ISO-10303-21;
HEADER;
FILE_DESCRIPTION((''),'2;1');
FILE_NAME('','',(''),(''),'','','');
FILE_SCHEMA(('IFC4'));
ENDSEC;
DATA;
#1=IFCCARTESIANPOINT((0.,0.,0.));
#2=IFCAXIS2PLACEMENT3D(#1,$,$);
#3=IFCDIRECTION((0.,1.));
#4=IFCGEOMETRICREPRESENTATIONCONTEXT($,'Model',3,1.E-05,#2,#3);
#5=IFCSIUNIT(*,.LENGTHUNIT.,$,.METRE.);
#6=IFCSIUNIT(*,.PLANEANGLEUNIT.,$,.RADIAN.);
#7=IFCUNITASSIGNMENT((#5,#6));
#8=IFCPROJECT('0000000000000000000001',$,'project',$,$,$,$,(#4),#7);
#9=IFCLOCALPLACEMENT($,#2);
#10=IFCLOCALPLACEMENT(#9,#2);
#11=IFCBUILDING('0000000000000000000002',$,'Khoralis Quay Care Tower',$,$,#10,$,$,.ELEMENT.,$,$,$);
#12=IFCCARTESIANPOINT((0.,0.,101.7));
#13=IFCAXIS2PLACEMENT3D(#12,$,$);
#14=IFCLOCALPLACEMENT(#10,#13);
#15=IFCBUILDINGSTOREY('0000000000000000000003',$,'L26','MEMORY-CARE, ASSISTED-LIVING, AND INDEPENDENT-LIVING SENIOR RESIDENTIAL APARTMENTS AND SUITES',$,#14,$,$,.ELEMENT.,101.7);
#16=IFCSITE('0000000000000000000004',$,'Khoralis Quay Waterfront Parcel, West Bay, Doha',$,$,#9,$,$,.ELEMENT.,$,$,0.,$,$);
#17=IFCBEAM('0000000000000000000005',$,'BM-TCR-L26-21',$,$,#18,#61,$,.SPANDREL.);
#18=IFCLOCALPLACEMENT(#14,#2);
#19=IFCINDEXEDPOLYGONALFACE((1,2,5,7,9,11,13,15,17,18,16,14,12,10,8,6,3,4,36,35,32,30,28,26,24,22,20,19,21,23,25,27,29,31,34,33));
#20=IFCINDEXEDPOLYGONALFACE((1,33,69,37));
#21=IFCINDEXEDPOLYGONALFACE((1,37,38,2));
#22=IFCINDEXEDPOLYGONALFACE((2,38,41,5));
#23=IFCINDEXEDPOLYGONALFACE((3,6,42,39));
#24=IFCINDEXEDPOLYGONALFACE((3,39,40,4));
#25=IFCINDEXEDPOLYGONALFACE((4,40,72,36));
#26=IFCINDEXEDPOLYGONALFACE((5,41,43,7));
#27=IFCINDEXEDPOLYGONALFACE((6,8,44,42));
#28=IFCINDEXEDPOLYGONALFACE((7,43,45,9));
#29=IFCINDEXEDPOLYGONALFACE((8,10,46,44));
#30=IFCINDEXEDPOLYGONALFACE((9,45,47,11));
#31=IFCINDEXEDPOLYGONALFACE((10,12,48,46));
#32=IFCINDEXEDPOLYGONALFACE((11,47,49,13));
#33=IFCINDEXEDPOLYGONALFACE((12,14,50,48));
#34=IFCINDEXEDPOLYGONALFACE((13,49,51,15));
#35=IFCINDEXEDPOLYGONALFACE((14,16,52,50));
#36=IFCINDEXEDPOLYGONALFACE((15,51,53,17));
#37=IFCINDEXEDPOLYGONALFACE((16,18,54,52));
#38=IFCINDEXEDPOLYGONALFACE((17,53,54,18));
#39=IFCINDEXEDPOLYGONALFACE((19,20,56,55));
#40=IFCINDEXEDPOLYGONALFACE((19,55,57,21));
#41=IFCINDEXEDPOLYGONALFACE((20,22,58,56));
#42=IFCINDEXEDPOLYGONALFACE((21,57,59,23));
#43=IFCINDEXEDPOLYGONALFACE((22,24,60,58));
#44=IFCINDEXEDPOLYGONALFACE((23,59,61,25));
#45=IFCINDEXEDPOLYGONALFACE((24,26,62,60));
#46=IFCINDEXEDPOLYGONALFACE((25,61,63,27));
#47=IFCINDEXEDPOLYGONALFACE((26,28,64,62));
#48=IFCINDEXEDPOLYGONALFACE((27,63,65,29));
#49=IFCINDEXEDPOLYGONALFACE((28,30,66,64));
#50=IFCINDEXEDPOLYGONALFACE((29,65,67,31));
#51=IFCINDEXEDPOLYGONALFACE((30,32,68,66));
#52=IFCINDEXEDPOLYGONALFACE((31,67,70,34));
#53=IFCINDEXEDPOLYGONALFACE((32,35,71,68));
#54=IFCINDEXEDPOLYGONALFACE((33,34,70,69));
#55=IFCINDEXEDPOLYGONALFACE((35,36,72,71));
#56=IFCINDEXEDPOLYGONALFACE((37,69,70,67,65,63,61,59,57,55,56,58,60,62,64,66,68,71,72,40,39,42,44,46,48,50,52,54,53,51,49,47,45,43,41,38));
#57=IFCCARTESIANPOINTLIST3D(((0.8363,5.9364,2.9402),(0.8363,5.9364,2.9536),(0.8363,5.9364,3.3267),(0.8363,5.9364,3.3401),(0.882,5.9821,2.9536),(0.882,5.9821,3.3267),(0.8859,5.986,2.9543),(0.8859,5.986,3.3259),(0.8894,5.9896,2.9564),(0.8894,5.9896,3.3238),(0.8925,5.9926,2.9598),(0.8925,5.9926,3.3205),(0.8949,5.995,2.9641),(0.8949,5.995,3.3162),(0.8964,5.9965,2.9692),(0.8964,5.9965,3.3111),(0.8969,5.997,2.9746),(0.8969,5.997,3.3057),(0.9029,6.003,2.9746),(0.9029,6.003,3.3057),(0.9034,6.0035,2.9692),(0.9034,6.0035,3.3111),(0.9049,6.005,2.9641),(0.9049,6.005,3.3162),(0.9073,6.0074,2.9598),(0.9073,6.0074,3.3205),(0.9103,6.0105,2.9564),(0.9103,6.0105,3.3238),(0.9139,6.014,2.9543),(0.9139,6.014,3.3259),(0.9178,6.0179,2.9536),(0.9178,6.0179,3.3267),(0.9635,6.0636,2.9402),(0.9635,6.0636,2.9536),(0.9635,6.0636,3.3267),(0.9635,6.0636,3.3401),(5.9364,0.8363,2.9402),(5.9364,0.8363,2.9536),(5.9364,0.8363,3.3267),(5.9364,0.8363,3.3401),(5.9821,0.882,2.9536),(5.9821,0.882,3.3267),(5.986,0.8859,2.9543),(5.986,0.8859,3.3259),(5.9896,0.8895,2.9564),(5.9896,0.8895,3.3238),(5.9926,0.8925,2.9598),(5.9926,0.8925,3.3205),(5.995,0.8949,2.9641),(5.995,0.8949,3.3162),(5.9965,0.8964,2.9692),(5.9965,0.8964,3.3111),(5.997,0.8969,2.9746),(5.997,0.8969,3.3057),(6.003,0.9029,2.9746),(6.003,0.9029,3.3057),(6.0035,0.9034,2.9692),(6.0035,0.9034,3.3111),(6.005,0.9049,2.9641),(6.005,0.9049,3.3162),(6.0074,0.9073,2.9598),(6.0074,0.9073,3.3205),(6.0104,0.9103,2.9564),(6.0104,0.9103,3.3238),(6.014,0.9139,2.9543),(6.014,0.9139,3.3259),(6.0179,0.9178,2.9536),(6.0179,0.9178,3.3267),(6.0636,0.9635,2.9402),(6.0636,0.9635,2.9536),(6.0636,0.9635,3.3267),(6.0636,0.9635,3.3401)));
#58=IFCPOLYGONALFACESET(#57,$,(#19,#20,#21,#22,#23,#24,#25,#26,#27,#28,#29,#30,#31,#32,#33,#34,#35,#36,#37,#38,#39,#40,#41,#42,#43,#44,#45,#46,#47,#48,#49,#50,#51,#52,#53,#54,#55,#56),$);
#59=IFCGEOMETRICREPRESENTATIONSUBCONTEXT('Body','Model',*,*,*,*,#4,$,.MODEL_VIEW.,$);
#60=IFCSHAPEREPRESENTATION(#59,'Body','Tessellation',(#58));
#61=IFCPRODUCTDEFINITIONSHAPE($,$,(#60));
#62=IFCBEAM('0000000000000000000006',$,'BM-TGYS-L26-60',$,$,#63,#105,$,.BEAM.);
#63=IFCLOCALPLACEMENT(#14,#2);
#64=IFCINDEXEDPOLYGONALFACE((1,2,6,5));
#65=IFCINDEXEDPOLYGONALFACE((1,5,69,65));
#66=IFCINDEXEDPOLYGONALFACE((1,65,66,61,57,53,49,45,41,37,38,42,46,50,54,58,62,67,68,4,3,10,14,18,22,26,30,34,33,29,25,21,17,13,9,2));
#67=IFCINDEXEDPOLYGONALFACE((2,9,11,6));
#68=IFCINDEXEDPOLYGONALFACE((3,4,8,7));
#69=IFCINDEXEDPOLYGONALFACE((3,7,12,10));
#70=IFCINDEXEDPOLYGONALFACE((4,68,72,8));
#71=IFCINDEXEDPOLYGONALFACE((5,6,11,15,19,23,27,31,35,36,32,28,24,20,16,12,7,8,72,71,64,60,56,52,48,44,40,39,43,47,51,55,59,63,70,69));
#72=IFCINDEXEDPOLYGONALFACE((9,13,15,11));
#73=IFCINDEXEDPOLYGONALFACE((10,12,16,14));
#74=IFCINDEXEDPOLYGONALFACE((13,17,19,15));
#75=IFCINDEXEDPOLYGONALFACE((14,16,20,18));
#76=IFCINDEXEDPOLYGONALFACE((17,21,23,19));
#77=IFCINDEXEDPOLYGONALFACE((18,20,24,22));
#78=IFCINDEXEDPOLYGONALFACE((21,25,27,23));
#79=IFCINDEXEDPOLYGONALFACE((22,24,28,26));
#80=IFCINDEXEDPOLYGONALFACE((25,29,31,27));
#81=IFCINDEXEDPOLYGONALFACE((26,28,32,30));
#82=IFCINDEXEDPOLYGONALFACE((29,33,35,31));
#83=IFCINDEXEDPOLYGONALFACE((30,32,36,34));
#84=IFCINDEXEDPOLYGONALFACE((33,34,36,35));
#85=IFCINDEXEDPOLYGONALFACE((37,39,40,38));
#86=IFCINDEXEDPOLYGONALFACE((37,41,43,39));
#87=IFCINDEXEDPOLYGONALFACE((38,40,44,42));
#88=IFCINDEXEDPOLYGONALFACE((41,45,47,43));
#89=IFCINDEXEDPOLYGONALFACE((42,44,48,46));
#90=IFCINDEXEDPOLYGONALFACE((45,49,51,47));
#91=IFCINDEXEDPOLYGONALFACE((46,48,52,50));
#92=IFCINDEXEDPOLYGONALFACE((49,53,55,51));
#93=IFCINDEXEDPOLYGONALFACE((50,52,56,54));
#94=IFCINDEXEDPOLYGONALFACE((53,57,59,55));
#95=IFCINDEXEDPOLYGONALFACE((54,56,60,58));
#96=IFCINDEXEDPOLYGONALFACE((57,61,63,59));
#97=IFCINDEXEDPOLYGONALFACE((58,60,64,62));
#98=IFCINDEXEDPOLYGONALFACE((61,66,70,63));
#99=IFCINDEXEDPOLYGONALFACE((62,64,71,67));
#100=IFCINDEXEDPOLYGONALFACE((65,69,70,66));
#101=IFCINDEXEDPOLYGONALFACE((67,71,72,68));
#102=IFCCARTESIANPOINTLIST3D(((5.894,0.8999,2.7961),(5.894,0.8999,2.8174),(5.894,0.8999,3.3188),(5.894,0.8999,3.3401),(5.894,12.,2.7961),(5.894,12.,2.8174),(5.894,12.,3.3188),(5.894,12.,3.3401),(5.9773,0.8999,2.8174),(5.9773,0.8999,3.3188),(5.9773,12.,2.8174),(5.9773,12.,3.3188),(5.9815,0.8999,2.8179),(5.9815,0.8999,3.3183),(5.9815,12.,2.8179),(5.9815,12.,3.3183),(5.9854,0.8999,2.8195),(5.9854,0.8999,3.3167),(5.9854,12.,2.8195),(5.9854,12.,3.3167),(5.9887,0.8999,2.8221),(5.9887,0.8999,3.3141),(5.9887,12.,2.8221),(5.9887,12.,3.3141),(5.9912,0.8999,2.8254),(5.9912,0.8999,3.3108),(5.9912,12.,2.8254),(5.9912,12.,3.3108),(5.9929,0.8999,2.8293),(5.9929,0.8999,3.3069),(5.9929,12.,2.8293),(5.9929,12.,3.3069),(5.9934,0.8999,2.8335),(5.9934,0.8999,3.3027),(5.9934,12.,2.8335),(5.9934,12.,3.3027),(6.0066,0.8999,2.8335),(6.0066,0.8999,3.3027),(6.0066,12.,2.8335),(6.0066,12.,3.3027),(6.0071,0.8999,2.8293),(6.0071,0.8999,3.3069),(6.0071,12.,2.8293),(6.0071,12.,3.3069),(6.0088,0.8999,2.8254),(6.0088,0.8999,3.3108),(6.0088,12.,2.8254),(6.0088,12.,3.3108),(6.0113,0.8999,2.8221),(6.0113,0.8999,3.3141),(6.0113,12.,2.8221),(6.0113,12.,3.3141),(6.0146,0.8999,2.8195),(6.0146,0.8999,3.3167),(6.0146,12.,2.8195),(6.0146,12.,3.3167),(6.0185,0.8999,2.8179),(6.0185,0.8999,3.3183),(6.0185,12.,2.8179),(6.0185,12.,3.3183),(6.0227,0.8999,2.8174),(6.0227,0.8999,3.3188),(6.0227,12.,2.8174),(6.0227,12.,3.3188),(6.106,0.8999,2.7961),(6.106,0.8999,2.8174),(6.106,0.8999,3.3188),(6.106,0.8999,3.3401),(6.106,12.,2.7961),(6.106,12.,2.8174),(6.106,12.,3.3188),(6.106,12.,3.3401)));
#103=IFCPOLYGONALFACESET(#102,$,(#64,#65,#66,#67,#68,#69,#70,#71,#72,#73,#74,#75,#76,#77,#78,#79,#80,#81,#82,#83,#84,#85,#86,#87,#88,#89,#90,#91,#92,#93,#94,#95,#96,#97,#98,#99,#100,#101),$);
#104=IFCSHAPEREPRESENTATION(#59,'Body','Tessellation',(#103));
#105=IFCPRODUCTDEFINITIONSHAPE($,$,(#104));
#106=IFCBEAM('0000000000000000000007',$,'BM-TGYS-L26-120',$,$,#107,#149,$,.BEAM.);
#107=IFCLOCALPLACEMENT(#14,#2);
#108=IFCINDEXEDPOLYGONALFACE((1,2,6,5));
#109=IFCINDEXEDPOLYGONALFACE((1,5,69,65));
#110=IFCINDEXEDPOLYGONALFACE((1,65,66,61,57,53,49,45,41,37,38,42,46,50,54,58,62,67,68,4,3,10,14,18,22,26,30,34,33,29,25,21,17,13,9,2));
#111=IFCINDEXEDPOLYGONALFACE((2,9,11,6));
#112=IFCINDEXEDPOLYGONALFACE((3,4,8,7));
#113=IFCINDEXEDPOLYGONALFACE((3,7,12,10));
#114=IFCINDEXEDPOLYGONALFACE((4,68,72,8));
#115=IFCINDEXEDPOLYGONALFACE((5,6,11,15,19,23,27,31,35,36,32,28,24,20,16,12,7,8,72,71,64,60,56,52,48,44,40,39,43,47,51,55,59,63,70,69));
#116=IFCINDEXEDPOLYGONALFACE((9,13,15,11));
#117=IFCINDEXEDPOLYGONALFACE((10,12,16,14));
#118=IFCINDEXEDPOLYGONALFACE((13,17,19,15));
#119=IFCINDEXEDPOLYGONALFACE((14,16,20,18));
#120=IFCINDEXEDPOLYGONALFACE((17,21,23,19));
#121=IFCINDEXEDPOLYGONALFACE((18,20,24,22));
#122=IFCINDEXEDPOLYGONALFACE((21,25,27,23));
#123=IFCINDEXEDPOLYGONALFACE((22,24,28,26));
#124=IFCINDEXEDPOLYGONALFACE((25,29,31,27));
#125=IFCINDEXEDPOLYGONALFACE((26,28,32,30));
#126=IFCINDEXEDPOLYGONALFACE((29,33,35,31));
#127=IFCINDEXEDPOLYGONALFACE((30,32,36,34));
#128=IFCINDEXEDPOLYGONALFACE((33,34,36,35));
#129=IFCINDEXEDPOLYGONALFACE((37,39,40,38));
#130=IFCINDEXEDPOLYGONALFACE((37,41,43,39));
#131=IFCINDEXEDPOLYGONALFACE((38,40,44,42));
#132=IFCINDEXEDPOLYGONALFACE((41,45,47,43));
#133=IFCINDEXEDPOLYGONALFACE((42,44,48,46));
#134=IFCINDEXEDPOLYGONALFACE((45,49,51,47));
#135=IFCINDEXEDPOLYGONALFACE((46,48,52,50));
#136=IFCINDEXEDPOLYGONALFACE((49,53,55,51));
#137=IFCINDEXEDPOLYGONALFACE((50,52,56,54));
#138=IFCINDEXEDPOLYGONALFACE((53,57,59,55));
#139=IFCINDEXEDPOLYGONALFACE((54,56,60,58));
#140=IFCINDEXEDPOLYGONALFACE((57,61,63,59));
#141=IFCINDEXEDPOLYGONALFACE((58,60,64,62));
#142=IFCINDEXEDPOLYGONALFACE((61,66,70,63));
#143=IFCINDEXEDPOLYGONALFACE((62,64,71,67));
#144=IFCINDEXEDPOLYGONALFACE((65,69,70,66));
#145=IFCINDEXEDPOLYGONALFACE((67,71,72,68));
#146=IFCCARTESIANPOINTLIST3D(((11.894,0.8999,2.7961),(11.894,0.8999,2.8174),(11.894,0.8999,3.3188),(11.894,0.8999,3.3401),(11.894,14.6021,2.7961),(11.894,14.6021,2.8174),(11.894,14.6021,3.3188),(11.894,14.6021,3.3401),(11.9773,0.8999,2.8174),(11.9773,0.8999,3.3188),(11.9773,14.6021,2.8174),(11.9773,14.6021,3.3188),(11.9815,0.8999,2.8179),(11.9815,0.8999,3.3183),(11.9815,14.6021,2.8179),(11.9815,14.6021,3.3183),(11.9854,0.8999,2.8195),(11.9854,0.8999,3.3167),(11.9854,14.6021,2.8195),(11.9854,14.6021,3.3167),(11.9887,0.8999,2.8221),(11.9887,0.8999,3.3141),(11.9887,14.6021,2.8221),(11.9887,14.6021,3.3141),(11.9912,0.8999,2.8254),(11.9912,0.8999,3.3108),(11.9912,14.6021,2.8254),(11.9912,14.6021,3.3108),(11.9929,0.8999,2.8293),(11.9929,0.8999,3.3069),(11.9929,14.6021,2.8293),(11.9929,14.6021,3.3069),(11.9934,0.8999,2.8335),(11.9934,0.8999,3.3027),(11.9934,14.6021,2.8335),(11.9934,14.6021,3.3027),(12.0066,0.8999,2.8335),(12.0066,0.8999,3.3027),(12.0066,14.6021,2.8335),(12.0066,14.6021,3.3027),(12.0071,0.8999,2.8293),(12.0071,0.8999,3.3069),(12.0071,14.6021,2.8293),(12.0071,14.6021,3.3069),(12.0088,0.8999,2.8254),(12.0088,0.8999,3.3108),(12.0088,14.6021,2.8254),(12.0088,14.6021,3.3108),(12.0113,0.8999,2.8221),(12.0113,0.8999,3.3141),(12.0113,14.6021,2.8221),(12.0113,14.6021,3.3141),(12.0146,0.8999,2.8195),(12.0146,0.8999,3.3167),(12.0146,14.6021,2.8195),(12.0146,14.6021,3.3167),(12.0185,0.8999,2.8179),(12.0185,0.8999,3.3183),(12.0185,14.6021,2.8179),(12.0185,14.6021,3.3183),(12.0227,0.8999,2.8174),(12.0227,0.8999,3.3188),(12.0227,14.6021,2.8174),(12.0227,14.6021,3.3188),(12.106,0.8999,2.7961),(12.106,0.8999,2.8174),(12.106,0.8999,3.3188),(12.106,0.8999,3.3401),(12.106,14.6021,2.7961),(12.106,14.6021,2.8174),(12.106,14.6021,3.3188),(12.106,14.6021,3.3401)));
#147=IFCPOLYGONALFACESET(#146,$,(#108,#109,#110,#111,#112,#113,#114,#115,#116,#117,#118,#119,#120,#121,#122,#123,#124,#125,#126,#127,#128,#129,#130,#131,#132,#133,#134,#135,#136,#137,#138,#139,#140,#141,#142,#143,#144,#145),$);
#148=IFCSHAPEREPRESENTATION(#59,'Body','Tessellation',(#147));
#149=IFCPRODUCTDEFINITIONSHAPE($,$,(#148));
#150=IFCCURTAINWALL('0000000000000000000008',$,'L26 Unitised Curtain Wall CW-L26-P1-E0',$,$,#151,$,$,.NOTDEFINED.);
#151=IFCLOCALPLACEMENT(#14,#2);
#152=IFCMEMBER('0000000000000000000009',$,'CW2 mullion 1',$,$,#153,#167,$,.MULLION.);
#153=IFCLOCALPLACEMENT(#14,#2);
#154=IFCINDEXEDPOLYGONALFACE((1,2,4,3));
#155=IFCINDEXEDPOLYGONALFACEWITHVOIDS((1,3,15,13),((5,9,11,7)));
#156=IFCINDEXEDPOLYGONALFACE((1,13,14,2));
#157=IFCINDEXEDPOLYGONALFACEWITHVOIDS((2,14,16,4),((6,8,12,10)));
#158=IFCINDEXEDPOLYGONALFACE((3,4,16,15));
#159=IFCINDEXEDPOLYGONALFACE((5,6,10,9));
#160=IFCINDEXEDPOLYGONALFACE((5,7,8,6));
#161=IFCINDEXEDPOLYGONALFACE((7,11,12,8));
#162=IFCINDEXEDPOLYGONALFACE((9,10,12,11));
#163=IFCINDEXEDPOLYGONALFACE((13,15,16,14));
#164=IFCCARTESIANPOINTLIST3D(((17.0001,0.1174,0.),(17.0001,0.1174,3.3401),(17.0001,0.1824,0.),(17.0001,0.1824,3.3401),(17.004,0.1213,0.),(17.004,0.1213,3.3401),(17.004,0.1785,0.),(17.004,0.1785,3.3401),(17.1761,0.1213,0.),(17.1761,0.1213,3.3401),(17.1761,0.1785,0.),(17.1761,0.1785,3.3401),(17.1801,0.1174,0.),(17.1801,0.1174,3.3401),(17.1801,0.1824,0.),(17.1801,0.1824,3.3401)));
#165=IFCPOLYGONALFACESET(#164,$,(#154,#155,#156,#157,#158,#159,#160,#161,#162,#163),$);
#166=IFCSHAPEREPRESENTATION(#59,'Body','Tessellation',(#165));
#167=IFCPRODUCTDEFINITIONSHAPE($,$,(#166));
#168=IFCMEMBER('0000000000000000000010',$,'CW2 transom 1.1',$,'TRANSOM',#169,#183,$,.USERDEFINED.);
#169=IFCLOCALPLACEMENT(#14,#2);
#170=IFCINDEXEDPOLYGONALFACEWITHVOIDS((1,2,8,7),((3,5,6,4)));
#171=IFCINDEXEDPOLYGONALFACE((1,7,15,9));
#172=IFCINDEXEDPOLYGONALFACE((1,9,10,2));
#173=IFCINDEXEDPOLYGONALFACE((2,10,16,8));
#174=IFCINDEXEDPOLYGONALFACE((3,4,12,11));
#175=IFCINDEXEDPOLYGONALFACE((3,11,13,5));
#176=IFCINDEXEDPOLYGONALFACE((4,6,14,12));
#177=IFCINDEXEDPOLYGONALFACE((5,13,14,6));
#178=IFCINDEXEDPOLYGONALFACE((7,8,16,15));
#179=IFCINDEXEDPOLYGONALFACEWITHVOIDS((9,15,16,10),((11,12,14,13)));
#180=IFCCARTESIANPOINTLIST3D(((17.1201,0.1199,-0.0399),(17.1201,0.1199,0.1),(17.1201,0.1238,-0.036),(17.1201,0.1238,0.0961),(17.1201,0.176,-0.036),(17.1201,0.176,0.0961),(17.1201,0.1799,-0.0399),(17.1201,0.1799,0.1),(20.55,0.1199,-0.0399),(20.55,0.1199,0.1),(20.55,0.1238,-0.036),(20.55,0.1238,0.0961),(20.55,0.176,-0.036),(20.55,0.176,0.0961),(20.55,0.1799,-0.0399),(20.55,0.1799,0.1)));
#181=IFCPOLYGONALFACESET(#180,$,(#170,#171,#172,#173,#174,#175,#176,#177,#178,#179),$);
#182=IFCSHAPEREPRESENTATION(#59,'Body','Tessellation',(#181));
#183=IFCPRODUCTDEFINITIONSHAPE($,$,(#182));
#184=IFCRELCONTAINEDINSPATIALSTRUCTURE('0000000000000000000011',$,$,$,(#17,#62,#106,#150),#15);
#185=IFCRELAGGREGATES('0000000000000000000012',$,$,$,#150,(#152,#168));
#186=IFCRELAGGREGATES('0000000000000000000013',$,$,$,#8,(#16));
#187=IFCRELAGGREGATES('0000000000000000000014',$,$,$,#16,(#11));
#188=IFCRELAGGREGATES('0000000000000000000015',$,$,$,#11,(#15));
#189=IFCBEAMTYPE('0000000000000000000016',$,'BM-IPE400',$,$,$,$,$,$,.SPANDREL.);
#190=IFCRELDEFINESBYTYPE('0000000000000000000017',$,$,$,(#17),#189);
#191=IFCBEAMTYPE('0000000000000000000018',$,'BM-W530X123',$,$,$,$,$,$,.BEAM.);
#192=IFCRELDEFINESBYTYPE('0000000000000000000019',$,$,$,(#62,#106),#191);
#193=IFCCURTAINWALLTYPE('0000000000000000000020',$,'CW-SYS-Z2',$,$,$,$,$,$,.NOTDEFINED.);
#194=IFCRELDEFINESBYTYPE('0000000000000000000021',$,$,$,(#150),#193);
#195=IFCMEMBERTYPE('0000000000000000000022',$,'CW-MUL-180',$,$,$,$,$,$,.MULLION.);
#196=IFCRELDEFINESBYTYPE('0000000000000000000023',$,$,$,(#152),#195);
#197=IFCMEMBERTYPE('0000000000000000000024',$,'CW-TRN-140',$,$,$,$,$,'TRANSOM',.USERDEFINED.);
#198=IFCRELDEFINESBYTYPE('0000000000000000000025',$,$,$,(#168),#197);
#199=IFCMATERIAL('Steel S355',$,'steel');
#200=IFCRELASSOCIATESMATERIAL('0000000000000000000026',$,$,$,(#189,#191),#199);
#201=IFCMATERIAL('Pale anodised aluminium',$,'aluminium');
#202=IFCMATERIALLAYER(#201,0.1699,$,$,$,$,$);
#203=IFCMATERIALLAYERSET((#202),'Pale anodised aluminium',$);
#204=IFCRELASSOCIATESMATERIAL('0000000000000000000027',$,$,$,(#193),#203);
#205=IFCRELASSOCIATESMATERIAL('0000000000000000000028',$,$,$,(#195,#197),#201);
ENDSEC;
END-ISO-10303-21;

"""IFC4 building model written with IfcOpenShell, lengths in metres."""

from ifc_helpers import new_model, si_unit, direction, frame, origin, origin_2d, place, context, subcontext, project, spatial, hollow_rectangle, i_section, extrude, source, transform, mapped, material, layer, layer_set, material_profile, profile_set, type_object, element, aggregate, save


model = new_model("IFC4")

# Units and contexts
model_context = context("Model", 3, precision=1e-05, world=origin(), true_north=direction((0.0, 1.0)))
body_context = subcontext(model_context, "Body", "Model", "MODEL_VIEW")
ifc_project = project(units=[si_unit("LENGTHUNIT", "METRE"), si_unit("PLANEANGLEUNIT", "RADIAN")], contexts=[model_context])

# Site, building, storey
site_placement = place(None, origin())
site = spatial("IfcSite", under=ifc_project, at=site_placement, Name="Khoralis Quay Waterfront Parcel, West Bay, Doha", CompositionType="ELEMENT", RefElevation=0.0)
building_placement = place(site_placement, origin())
building = spatial("IfcBuilding", under=site, at=building_placement, Name="Khoralis Quay Care Tower", CompositionType="ELEMENT")
storey_placement = place(building_placement, frame((0.0, 0.0, 101.7)))
storey = spatial("IfcBuildingStorey", under=building, at=storey_placement, Name="L26", Description="MEMORY-CARE, ASSISTED-LIVING, AND INDEPENDENT-LIVING SENIOR RESIDENTIAL APARTMENTS AND SUITES", CompositionType="ELEMENT", Elevation=101.7)

# Beams
ifc_material_1 = material(Name="Steel S355", Category="steel")
ifc_material_profile_1 = material_profile(ifc_material_1, i_section(OverallWidth=0.1799, OverallDepth=0.3999, WebThickness=0.0085, FlangeThickness=0.0134, FilletRadius=0.021, at=origin_2d()), Name="Steel S355")
ifc_profile_set_1 = profile_set([ifc_material_profile_1], Name="Steel S355")
beam_type_1 = type_object("IfcBeamType", Name="BM-IPE400", PredefinedType="SPANDREL", material=ifc_profile_set_1)
shared_shape_1 = source(origin(), body_context, "Body", "SweptSolid", [
    extrude(i_section(OverallWidth=0.1799, OverallDepth=0.3999, WebThickness=0.0085, FlangeThickness=0.0134, FilletRadius=0.021, at=origin_2d()), origin(), (0.0, 0.0, 1.0), 7.2126),
])
beam_1_placement = place(storey_placement, frame((6.0, 0.8999, 3.1401), z_axis=(-0.707107, 0.707107, 0.0), x_axis=(-0.707107, -0.707107, 0.0)))
element("IfcBeam", 1, at=beam_1_placement, inside=storey, type_object=beam_type_1, Name="BM-TCR-L26-21", PredefinedType="SPANDREL", context=body_context, shape_type="MappedRepresentation", body=[
    mapped(shared_shape_1, transform((0.0, 0.0, 0.0), scale=1.0)),
])
ifc_material_profile_2 = material_profile(ifc_material_1, i_section(OverallWidth=0.2119, OverallDepth=0.5439, WebThickness=0.0132, FlangeThickness=0.0212, FilletRadius=0.0161, at=origin_2d()), Name="Steel S355")
ifc_profile_set_2 = profile_set([ifc_material_profile_2], Name="Steel S355")
beam_type_2 = type_object("IfcBeamType", Name="BM-W530X123", PredefinedType="BEAM", material=ifc_profile_set_2)
shared_shape_2 = source(origin(), body_context, "Body", "SweptSolid", [
    extrude(i_section(OverallWidth=0.2119, OverallDepth=0.5439, WebThickness=0.0132, FlangeThickness=0.0212, FilletRadius=0.0161, at=origin_2d()), origin(), (0.0, 0.0, 1.0), 11.1001),
])
beam_2_placement = place(storey_placement, frame((6.0, 0.8999, 3.0681), z_axis=(0.0, 1.0, 0.0), x_axis=(-1.0, 0.0, 0.0)))
element("IfcBeam", 2, at=beam_2_placement, inside=storey, type_object=beam_type_2, Name="BM-TGYS-L26-60", PredefinedType="BEAM", context=body_context, shape_type="MappedRepresentation", body=[
    mapped(shared_shape_2, transform((0.0, 0.0, 0.0), scale=1.0)),
])
shared_shape_3 = source(origin(), body_context, "Body", "SweptSolid", [
    extrude(i_section(OverallWidth=0.2119, OverallDepth=0.5439, WebThickness=0.0132, FlangeThickness=0.0212, FilletRadius=0.0161, at=origin_2d()), origin(), (0.0, 0.0, 1.0), 13.7021),
])
beam_3_placement = place(storey_placement, frame((12.0, 0.8999, 3.0681), z_axis=(0.0, 1.0, 0.0), x_axis=(-1.0, 0.0, 0.0)))
element("IfcBeam", 3, at=beam_3_placement, inside=storey, type_object=beam_type_2, Name="BM-TGYS-L26-120", PredefinedType="BEAM", context=body_context, shape_type="MappedRepresentation", body=[
    mapped(shared_shape_3, transform((0.0, 0.0, 0.0), scale=1.0)),
])

# Curtain wall, members
ifc_material_2 = material(Name="Pale anodised aluminium", Category="aluminium")
ifc_layer_1 = layer(ifc_material_2, 0.1699)
ifc_layer_set_1 = layer_set([ifc_layer_1], Name="Pale anodised aluminium")
curtain_wall_type = type_object("IfcCurtainWallType", Name="CW-SYS-Z2", PredefinedType="NOTDEFINED", material=ifc_layer_set_1)
curtain_wall_placement = place(storey_placement, origin())
curtain_wall = element("IfcCurtainWall", 4, at=curtain_wall_placement, inside=storey, type_object=curtain_wall_type, Name="L26 Unitised Curtain Wall CW-L26-P1-E0", PredefinedType="NOTDEFINED")
ifc_material_profile_3 = material_profile(ifc_material_2, hollow_rectangle(XDim=0.0649, YDim=0.1799, WallThickness=0.0039, at=origin_2d()), Name="Pale anodised aluminium")
ifc_profile_set_3 = profile_set([ifc_material_profile_3], Name="Pale anodised aluminium")
member_type_1 = type_object("IfcMemberType", Name="CW-MUL-180", PredefinedType="MULLION", material=ifc_profile_set_3)
shared_shape_4 = source(origin(), body_context, "Body", "SweptSolid", [
    extrude(hollow_rectangle(XDim=0.0649, YDim=0.1799, WallThickness=0.0039, at=origin_2d()), origin(), (0.0, 0.0, 1.0), 3.3401),
])
member_1_placement = place(storey_placement, frame((17.0901, 0.1499, 0.0), z_axis=(0.0, 0.0, 1.0), x_axis=(0.0, 1.0, 0.0)))
member_1 = element("IfcMember", 5, at=member_1_placement, type_object=member_type_1, Name="CW2 mullion 1", PredefinedType="MULLION", context=body_context, shape_type="MappedRepresentation", body=[
    mapped(shared_shape_4, transform((0.0, 0.0, 0.0), scale=1.0)),
])
ifc_material_profile_4 = material_profile(ifc_material_2, hollow_rectangle(XDim=0.0601, YDim=0.1399, WallThickness=0.0039, at=origin_2d()), Name="Pale anodised aluminium")
ifc_profile_set_4 = profile_set([ifc_material_profile_4], Name="Pale anodised aluminium")
member_type_2 = type_object("IfcMemberType", Name="CW-TRN-140", ElementType="TRANSOM", PredefinedType="USERDEFINED", material=ifc_profile_set_4)
shared_shape_5 = source(origin(), body_context, "Body", "SweptSolid", [
    extrude(hollow_rectangle(XDim=0.0601, YDim=0.1399, WallThickness=0.0039, at=origin_2d()), origin(), (0.0, 0.0, 1.0), 3.4299),
])
member_2_placement = place(storey_placement, frame((17.1201, 0.1499, 0.03), z_axis=(1.0, 0.0, 0.0), x_axis=(0.0, 1.0, 0.0)))
member_2 = element("IfcMember", 6, at=member_2_placement, type_object=member_type_2, Name="CW2 transom 1.1", ObjectType="TRANSOM", PredefinedType="USERDEFINED", context=body_context, shape_type="MappedRepresentation", body=[
    mapped(shared_shape_5, transform((0.0, 0.0, 0.0), scale=1.0)),
])
aggregate(curtain_wall, [member_1, member_2])

save(model, "model.ifc")
